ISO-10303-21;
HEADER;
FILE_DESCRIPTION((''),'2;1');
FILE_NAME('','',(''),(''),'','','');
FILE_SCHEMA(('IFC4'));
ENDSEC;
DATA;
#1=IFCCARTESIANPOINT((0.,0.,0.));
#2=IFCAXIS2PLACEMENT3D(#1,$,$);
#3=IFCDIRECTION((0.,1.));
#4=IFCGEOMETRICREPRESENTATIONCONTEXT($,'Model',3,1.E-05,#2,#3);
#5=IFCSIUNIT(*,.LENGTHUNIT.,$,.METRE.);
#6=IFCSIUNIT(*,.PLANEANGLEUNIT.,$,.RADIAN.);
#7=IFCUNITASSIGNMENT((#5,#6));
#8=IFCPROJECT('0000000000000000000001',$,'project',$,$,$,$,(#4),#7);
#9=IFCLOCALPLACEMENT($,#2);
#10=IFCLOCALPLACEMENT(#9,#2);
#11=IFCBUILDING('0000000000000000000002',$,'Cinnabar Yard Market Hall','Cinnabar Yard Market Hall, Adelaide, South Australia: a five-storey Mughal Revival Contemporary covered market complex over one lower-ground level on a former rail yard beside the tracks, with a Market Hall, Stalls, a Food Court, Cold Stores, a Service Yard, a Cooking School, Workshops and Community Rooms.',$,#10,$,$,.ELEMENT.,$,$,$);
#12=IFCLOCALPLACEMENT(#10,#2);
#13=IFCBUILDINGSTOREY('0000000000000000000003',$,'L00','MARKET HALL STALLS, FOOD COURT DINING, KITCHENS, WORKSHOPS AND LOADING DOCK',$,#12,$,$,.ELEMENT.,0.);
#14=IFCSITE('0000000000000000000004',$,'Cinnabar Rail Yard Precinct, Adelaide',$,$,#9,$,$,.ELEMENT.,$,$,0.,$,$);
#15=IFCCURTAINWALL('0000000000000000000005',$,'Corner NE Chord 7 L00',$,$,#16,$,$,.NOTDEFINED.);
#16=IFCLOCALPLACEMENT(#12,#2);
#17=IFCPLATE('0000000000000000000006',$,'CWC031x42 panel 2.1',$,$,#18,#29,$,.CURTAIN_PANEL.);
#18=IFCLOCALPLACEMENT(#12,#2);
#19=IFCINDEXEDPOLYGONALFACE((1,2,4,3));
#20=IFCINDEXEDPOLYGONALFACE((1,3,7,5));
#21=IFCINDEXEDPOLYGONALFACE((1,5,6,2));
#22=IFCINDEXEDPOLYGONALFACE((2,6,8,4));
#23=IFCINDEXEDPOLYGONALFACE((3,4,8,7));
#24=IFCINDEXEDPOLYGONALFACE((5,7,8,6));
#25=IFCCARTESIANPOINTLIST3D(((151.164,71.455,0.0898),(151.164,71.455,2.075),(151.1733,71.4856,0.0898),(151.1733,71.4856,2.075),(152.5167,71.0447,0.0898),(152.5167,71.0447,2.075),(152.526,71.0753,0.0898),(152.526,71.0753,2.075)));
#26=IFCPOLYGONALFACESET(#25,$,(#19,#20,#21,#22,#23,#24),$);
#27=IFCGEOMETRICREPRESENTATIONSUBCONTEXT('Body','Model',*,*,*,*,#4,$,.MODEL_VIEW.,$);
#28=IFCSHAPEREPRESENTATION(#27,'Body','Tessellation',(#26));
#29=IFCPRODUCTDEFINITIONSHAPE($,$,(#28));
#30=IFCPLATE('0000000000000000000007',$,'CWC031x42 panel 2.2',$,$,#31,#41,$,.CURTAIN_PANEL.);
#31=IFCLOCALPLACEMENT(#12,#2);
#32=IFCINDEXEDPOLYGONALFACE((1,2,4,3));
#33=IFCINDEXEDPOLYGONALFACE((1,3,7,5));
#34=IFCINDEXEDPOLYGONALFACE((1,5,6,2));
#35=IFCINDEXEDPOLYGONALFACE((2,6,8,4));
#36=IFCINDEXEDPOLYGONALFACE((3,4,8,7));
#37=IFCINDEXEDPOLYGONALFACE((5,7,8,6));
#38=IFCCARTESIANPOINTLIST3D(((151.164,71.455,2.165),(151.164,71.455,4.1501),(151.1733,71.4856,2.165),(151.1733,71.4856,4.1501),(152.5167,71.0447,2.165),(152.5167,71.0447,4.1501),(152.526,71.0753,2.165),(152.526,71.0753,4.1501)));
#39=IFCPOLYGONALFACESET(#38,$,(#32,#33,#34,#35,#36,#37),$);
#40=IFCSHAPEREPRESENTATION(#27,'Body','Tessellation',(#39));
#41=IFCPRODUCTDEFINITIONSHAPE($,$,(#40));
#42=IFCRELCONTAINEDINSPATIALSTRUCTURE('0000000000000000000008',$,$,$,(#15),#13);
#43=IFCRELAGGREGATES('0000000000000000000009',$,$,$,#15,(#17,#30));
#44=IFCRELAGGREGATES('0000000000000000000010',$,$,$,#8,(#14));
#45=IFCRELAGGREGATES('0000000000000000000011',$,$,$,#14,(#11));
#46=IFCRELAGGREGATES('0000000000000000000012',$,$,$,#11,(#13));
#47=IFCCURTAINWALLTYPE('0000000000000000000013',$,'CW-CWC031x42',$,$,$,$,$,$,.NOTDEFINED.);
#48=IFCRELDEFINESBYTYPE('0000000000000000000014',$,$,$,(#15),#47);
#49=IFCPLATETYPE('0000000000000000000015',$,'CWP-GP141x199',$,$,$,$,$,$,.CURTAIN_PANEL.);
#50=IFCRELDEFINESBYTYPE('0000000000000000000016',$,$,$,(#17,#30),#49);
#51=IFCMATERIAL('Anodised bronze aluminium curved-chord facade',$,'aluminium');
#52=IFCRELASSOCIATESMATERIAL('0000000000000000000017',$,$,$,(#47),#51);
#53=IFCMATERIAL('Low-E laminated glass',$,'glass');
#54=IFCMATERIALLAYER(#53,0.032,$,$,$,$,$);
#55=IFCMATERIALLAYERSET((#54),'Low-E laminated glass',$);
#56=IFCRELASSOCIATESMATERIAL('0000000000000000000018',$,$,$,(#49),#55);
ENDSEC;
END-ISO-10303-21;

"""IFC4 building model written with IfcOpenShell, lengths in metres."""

from ifc_helpers import new_model, si_unit, direction, frame, origin, origin_2d_with_axis, place, context, subcontext, project, spatial, rectangle, extrude, material, layer, layer_set, type_object, element, aggregate, save


model = new_model("IFC4")

# Units and contexts
model_context = context("Model", 3, precision=1e-05, world=origin(), true_north=direction((0.0, 1.0)))
body_context = subcontext(model_context, "Body", "Model", "MODEL_VIEW")
ifc_project = project(units=[si_unit("LENGTHUNIT", "METRE"), si_unit("PLANEANGLEUNIT", "RADIAN")], contexts=[model_context])

# Site, building, storey
site_placement = place(None, origin())
site = spatial("IfcSite", under=ifc_project, at=site_placement, Name="Cinnabar Rail Yard Precinct, Adelaide", CompositionType="ELEMENT", RefElevation=0.0)
building_placement = place(site_placement, origin())
building = spatial("IfcBuilding", under=site, at=building_placement, Name="Cinnabar Yard Market Hall", Description="Cinnabar Yard Market Hall, Adelaide, South Australia: a five-storey Mughal Revival Contemporary covered market complex over one lower-ground level on a former rail yard beside the tracks, with a Market Hall, Stalls, a Food Court, Cold Stores, a Service Yard, a Cooking School, Workshops and Community Rooms.", CompositionType="ELEMENT")
storey_placement = place(building_placement, origin())
storey = spatial("IfcBuildingStorey", under=building, at=storey_placement, Name="L00", Description="MARKET HALL STALLS, FOOD COURT DINING, KITCHENS, WORKSHOPS AND LOADING DOCK", CompositionType="ELEMENT", Elevation=0.0)

# Shared definitions
ifc_material_1 = material(Name="Anodised bronze aluminium curved-chord facade", Category="aluminium")
curtain_wall_type = type_object("IfcCurtainWallType", Name="CW-CWC031x42", PredefinedType="NOTDEFINED", material=ifc_material_1)

# Curtain wall
curtain_wall_1_placement = place(storey_placement, origin())
curtain_wall_1 = element("IfcCurtainWall", 1, at=curtain_wall_1_placement, inside=storey, type_object=curtain_wall_type, Name="Corner NE Chord 7 L00", PredefinedType="NOTDEFINED")

# Plates
ifc_material_2 = material(Name="Low-E laminated glass", Category="glass")
ifc_layer = layer(ifc_material_2, 0.032)
ifc_layer_set = layer_set([ifc_layer], Name="Low-E laminated glass")
plate_type = type_object("IfcPlateType", Name="CWP-GP141x199", PredefinedType="CURTAIN_PANEL", material=ifc_layer_set)
plate_1_placement = place(storey_placement, frame((151.845, 71.2651, 0.0898), z_axis=(0.0, 0.0, 1.0), x_axis=(-0.956942, 0.290279, 0.0)))
plate_1 = element("IfcPlate", 2, at=plate_1_placement, type_object=plate_type, Name="CWC031x42 panel 2.1", PredefinedType="CURTAIN_PANEL", context=body_context, shape_type="SweptSolid", body=[
    extrude(rectangle(XDim=1.4136, YDim=0.032, at=origin_2d_with_axis()), origin(), (0.0, 0.0, 1.0), 1.9851),
])
plate_2_placement = place(storey_placement, frame((151.845, 71.2651, 2.165), z_axis=(0.0, 0.0, 1.0), x_axis=(-0.956942, 0.290279, 0.0)))
plate_2 = element("IfcPlate", 3, at=plate_2_placement, type_object=plate_type, Name="CWC031x42 panel 2.2", PredefinedType="CURTAIN_PANEL", context=body_context, shape_type="SweptSolid", body=[
    extrude(rectangle(XDim=1.4136, YDim=0.032, at=origin_2d_with_axis()), origin(), (0.0, 0.0, 1.0), 1.9851),
])
aggregate(curtain_wall_1, [plate_1, plate_2])

save(model, "model.ifc")
